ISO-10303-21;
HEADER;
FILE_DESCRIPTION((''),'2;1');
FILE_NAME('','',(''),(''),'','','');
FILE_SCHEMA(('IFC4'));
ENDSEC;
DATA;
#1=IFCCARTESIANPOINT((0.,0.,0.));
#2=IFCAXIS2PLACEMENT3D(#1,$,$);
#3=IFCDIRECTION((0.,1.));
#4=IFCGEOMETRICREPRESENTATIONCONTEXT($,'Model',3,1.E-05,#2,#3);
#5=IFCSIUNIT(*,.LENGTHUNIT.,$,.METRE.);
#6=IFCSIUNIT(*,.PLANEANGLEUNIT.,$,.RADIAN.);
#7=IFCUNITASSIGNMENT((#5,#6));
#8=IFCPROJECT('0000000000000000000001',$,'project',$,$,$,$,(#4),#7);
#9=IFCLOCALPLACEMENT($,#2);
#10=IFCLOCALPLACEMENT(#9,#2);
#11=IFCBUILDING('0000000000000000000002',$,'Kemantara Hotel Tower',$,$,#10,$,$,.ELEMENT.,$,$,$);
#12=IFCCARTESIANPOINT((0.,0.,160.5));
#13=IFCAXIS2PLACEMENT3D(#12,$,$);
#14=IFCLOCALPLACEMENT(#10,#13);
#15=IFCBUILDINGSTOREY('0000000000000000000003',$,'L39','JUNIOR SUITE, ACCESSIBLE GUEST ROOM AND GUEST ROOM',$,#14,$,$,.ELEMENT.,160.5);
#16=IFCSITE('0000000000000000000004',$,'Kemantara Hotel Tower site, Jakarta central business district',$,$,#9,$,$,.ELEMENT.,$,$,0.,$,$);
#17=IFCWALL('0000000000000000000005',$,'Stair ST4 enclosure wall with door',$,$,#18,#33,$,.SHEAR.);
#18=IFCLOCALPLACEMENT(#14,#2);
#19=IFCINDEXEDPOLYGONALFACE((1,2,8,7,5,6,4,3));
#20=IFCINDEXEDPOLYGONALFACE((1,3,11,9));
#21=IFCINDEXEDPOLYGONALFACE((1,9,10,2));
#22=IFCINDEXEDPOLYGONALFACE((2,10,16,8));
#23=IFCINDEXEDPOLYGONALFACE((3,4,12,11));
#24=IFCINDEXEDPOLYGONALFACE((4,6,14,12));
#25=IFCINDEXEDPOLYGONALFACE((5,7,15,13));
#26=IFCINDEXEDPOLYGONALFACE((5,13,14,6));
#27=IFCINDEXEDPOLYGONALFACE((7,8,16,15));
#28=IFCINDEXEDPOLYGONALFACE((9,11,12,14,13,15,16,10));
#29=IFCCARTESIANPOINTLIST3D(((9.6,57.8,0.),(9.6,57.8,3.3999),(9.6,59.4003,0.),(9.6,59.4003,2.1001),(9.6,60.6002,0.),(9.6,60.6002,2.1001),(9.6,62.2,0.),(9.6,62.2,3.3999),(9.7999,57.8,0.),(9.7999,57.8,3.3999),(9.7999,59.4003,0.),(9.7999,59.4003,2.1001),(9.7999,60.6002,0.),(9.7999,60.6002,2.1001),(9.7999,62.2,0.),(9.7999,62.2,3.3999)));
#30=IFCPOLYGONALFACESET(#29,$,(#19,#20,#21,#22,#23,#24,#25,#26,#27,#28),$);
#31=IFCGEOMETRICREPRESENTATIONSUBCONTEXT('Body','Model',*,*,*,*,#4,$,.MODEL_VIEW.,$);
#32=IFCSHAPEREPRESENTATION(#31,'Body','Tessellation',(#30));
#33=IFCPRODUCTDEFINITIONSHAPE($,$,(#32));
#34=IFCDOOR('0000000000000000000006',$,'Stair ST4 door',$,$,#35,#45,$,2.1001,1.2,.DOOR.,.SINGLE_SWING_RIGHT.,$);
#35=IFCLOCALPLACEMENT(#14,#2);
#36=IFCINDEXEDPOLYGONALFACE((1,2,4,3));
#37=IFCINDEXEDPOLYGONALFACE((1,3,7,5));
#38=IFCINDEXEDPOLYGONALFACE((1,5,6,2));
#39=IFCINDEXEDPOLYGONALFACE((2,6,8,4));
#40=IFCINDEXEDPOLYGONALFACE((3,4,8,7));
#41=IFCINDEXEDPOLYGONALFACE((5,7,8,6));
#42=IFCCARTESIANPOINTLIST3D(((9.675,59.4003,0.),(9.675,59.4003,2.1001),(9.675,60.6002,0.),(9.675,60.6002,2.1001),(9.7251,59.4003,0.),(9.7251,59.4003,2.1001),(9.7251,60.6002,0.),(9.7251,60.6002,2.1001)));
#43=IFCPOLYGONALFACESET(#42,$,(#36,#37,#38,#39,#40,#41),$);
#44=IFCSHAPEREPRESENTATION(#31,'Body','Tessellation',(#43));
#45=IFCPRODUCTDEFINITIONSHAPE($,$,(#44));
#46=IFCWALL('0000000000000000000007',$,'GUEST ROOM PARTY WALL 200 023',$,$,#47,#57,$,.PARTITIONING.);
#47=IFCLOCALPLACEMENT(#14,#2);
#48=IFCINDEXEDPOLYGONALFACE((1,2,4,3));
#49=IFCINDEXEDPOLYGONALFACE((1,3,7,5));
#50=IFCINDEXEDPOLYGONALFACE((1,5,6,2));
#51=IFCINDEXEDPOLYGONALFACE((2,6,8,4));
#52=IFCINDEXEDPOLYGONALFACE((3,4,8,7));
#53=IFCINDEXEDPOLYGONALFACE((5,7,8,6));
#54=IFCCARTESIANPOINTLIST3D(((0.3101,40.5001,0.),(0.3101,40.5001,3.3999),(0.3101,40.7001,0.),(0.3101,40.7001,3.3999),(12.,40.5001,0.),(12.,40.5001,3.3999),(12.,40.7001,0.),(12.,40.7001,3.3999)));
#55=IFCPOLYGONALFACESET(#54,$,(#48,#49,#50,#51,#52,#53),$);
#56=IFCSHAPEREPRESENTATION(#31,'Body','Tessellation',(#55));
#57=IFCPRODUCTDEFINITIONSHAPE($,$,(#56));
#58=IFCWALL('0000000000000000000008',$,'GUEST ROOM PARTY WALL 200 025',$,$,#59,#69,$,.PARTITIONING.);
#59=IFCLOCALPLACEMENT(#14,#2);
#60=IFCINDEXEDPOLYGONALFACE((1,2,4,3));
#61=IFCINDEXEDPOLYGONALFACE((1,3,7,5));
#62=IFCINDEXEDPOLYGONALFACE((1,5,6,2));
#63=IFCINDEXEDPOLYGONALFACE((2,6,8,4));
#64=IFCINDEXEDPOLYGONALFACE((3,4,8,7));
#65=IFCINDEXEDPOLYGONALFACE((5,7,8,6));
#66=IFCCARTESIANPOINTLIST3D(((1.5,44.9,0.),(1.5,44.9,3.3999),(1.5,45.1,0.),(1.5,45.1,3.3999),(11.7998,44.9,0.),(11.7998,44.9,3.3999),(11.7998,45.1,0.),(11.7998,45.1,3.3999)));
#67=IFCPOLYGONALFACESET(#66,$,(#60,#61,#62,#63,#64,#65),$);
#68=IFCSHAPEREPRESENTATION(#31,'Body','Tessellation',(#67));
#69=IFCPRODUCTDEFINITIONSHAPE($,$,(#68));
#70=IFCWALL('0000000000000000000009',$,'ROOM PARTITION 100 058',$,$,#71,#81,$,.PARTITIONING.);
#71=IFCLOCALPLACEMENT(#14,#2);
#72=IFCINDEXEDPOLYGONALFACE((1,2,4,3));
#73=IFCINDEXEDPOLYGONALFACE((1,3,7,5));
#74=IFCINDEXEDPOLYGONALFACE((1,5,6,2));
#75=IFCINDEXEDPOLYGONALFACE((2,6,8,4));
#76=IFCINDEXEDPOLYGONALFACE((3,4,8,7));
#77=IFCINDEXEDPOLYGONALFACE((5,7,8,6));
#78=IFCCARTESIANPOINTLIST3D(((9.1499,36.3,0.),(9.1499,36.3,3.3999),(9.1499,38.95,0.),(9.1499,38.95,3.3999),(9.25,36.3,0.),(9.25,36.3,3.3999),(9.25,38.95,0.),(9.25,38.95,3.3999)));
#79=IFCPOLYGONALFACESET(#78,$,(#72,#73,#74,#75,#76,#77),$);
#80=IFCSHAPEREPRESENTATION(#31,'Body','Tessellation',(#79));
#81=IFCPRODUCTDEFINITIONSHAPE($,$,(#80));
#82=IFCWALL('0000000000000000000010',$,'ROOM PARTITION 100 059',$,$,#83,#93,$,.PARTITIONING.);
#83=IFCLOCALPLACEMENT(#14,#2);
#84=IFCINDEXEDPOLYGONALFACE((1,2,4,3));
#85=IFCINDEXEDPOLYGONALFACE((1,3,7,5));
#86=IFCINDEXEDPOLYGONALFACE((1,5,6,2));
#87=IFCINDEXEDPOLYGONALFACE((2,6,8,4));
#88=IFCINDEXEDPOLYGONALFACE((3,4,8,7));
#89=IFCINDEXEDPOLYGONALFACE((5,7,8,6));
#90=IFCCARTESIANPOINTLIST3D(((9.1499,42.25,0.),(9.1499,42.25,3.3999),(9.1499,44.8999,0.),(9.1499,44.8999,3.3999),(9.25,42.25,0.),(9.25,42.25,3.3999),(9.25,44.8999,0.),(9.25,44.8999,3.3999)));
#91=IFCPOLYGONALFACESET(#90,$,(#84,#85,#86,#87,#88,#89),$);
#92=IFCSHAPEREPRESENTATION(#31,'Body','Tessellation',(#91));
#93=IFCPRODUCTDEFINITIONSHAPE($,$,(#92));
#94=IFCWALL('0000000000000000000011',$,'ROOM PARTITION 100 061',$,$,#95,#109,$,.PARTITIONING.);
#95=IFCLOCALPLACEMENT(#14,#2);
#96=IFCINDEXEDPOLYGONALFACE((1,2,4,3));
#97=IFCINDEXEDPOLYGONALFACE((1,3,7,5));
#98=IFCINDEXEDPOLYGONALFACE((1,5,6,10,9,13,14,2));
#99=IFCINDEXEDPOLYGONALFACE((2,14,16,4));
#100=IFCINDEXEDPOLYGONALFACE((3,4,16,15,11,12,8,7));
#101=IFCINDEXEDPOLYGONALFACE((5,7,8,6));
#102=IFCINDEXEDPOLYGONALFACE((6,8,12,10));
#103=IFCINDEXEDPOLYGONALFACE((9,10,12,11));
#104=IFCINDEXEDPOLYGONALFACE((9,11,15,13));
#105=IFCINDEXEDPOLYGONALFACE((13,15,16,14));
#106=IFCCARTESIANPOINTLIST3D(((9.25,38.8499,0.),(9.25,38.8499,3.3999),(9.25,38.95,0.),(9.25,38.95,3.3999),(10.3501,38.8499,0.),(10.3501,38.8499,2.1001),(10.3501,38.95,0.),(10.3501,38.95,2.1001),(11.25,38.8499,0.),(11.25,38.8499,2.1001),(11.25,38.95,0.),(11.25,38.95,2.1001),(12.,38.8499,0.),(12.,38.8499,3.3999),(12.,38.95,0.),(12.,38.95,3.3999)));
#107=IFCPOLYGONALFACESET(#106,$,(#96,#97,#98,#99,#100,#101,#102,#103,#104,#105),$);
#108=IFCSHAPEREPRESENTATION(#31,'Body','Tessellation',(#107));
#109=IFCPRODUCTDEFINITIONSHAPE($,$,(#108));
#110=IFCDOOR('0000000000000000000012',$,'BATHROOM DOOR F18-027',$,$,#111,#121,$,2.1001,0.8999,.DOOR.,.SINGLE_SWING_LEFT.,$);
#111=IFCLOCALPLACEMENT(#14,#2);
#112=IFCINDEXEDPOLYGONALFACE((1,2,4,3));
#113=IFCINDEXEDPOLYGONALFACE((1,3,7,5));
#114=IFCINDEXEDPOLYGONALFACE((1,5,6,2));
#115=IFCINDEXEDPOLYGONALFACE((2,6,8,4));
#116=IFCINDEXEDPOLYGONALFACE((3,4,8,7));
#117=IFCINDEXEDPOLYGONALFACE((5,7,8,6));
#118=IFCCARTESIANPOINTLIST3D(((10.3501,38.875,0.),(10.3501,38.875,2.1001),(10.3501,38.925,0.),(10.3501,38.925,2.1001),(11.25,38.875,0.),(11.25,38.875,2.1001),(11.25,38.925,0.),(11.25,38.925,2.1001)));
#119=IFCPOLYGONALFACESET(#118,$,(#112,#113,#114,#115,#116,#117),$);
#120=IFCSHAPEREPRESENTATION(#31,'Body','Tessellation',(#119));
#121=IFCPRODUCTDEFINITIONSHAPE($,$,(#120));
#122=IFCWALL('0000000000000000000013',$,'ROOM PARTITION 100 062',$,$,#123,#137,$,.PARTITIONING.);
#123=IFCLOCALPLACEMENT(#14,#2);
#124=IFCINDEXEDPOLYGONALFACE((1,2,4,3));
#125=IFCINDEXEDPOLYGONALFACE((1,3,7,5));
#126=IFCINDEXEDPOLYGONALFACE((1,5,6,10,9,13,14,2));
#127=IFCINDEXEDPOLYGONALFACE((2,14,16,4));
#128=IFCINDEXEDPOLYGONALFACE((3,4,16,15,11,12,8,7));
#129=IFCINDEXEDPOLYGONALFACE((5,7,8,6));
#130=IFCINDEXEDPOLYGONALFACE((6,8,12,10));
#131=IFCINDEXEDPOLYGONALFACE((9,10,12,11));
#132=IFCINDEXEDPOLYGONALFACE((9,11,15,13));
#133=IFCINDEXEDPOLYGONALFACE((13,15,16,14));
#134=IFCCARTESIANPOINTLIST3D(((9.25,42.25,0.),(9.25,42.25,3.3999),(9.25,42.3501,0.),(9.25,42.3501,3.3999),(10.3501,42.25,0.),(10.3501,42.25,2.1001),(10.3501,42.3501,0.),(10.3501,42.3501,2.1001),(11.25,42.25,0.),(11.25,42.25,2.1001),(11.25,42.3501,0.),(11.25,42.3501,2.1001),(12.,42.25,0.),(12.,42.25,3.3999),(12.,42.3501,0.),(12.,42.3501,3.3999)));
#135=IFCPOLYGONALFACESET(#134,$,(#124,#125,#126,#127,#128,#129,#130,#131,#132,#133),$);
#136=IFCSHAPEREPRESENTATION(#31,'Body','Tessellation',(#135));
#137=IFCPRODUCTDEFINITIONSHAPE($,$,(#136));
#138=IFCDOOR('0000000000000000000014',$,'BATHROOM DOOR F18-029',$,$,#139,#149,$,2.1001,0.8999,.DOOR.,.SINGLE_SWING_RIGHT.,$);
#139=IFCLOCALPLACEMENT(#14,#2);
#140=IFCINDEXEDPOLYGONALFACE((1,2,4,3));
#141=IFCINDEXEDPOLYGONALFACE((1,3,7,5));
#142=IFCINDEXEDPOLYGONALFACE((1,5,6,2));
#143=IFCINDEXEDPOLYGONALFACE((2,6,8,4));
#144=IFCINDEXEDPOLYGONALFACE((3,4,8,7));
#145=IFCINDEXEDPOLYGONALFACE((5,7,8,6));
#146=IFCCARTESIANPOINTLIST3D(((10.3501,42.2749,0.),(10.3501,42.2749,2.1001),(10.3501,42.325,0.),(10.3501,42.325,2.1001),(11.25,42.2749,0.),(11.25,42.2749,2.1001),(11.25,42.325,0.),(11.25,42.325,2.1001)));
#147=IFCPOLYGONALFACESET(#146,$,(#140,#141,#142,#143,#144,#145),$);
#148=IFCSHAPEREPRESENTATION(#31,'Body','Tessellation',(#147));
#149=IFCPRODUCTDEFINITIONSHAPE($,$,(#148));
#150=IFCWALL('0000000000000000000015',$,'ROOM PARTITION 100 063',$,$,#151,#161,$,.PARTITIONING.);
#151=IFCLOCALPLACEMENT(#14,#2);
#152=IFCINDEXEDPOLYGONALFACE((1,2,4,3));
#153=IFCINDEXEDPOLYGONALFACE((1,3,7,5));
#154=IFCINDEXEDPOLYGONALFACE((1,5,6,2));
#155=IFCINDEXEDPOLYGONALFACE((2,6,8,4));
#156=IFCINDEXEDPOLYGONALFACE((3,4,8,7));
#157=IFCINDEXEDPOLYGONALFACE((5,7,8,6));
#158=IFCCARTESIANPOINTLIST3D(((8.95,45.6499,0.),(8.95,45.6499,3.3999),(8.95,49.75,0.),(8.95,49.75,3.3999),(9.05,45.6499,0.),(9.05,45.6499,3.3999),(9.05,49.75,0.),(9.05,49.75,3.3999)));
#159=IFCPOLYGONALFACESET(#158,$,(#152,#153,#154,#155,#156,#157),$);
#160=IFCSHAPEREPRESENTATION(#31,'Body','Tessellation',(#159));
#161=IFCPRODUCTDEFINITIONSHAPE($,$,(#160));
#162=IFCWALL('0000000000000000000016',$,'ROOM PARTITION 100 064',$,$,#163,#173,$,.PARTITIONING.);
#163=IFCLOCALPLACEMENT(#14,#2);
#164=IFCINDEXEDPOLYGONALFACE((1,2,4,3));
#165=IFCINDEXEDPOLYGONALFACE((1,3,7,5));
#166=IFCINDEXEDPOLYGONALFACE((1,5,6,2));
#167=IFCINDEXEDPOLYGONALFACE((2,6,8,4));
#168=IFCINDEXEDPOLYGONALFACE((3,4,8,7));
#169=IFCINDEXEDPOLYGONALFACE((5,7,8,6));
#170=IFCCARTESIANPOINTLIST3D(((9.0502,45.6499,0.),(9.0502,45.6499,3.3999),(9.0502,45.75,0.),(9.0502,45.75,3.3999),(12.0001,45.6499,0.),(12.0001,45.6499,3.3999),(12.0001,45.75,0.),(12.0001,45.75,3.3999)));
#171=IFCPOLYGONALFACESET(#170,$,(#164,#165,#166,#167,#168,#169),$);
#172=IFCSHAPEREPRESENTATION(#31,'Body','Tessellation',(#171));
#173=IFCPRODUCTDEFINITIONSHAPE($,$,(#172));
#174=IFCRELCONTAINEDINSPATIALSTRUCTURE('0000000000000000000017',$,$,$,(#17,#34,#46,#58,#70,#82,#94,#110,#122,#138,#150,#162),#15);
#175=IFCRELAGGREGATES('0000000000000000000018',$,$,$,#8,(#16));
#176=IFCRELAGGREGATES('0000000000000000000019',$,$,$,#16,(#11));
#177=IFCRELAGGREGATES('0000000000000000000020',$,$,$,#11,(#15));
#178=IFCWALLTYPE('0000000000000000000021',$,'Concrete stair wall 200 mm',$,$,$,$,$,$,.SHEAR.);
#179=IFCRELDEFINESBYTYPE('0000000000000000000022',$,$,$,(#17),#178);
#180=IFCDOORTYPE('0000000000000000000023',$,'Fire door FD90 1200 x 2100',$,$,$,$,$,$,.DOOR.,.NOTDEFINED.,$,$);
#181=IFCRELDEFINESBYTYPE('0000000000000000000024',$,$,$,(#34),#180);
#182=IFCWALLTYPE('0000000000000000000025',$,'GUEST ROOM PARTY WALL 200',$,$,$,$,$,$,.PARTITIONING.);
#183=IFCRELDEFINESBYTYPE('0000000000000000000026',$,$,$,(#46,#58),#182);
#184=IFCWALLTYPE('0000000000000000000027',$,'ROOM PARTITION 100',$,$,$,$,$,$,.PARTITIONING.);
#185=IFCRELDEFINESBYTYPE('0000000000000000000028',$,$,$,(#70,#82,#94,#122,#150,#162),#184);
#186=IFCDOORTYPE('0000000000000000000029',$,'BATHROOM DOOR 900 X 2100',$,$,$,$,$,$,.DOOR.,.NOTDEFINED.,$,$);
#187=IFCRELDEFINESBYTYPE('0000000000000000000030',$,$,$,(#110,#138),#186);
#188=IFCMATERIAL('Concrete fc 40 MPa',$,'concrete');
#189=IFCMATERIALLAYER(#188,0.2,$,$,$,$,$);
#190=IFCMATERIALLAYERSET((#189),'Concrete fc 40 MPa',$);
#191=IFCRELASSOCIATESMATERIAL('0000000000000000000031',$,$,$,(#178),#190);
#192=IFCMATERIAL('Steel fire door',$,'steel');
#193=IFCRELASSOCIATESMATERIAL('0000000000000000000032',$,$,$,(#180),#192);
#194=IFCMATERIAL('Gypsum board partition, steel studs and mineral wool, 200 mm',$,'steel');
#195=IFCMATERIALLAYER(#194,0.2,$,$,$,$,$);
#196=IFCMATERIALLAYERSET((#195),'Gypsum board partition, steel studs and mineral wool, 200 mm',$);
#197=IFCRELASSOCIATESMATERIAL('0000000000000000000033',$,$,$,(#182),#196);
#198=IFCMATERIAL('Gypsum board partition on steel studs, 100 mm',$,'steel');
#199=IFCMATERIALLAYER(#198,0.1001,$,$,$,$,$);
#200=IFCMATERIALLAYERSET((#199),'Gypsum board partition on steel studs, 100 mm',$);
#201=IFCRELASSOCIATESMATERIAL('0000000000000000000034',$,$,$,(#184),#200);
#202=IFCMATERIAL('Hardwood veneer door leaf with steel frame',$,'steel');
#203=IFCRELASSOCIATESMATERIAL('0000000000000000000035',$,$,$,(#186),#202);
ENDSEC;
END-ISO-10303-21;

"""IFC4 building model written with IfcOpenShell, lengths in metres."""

from ifc_helpers import new_model, si_unit, direction, frame, frame_2d, origin, place, context, subcontext, project, spatial, rectangle, extrude, material, layer, layer_set, type_object, element, fill, save


model = new_model("IFC4")

# Units and contexts
model_context = context("Model", 3, precision=1e-05, world=origin(), true_north=direction((0.0, 1.0)))
body_context = subcontext(model_context, "Body", "Model", "MODEL_VIEW")
ifc_project = project(units=[si_unit("LENGTHUNIT", "METRE"), si_unit("PLANEANGLEUNIT", "RADIAN")], contexts=[model_context])

# Site, building, storey
site_placement = place(None, origin())
site = spatial("IfcSite", under=ifc_project, at=site_placement, Name="Kemantara Hotel Tower site, Jakarta central business district", CompositionType="ELEMENT", RefElevation=0.0)
building_placement = place(site_placement, origin())
building = spatial("IfcBuilding", under=site, at=building_placement, Name="Kemantara Hotel Tower", CompositionType="ELEMENT")
storey_placement = place(building_placement, frame((0.0, 0.0, 160.5)))
storey = spatial("IfcBuildingStorey", under=building, at=storey_placement, Name="L39", Description="JUNIOR SUITE, ACCESSIBLE GUEST ROOM AND GUEST ROOM", CompositionType="ELEMENT", Elevation=160.5)

# Shared definitions
ifc_material_1 = material(Name="Gypsum board partition, steel studs and mineral wool, 200 mm", Category="steel")
ifc_material_2 = material(Name="Hardwood veneer door leaf with steel frame", Category="steel")

# Wall, opening, door
ifc_material_3 = material(Name="Concrete fc 40 MPa", Category="concrete")
ifc_layer_1 = layer(ifc_material_3, 0.2)
ifc_layer_set_1 = layer_set([ifc_layer_1], Name="Concrete fc 40 MPa")
wall_type_1 = type_object("IfcWallType", Name="Concrete stair wall 200 mm", PredefinedType="SHEAR", material=ifc_layer_set_1)
wall_1_placement = place(storey_placement, frame((9.7, 57.8, 0.0), z_axis=(0.0, 0.0, 1.0), x_axis=(0.0, 1.0, 0.0)))
wall_1 = element("IfcWall", 1, at=wall_1_placement, inside=storey, type_object=wall_type_1, Name="Stair ST4 enclosure wall with door", PredefinedType="SHEAR", context=body_context, shape_type="SweptSolid", body=[
    extrude(rectangle(XDim=4.3999, YDim=0.2, at=frame_2d((2.2, 0.0))), origin(), (0.0, 0.0, 1.0), 3.3999),
])
opening_1_placement = place(wall_1_placement, frame((1.6001, 0.0, 0.0)))
opening_1 = element("IfcOpeningElement", 2, at=opening_1_placement, cuts=wall_1, PredefinedType="OPENING", context=body_context, shape_type="SweptSolid", body=[
    extrude(rectangle(XDim=1.2, YDim=2.1001, at=frame_2d((0.6001, 1.05))), frame((0.0, 0.1099, 0.0), z_axis=(0.0, -1.0, 0.0), x_axis=(1.0, 0.0, 0.0)), (0.0, 0.0, 1.0), 0.22),
])
ifc_material_4 = material(Name="Steel fire door", Category="steel")
door_type_1 = type_object("IfcDoorType", Name="Fire door FD90 1200 x 2100", OperationType="NOTDEFINED", PredefinedType="DOOR", material=ifc_material_4)
door_1_placement = place(opening_1_placement, origin())
door_1 = element("IfcDoor", 3, at=door_1_placement, inside=storey, type_object=door_type_1, Name="Stair ST4 door", OperationType="SINGLE_SWING_RIGHT", OverallHeight=2.1001, OverallWidth=1.2, PredefinedType="DOOR", context=body_context, shape_type="SweptSolid", body=[
    extrude(rectangle(XDim=1.2, YDim=2.1001, at=frame_2d((0.6001, 1.05))), frame((0.0, 0.0249, 0.0), z_axis=(0.0, -1.0, 0.0), x_axis=(1.0, 0.0, 0.0)), (0.0, 0.0, 1.0), 0.05),
])
fill(opening_1, door_1)

# Walls
ifc_layer_2 = layer(ifc_material_1, 0.2)
ifc_layer_set_2 = layer_set([ifc_layer_2], Name="Gypsum board partition, steel studs and mineral wool, 200 mm")
wall_type_2 = type_object("IfcWallType", Name="GUEST ROOM PARTY WALL 200", PredefinedType="PARTITIONING", material=ifc_layer_set_2)
wall_2_placement = place(storey_placement, frame((0.3101, 40.6001, 0.0), z_axis=(0.0, 0.0, 1.0), x_axis=(1.0, 0.0, 0.0)))
element("IfcWall", 4, at=wall_2_placement, inside=storey, type_object=wall_type_2, Name="GUEST ROOM PARTY WALL 200 023", PredefinedType="PARTITIONING", context=body_context, shape_type="SweptSolid", body=[
    extrude(rectangle(XDim=11.6899, YDim=0.2, at=frame_2d((5.845, 0.0))), origin(), (0.0, 0.0, 1.0), 3.3999),
])
wall_3_placement = place(storey_placement, frame((1.5, 45.0, 0.0), z_axis=(0.0, 0.0, 1.0), x_axis=(1.0, 0.0, 0.0)))
element("IfcWall", 5, at=wall_3_placement, inside=storey, type_object=wall_type_2, Name="GUEST ROOM PARTY WALL 200 025", PredefinedType="PARTITIONING", context=body_context, shape_type="SweptSolid", body=[
    extrude(rectangle(XDim=10.2998, YDim=0.2, at=frame_2d((5.1499, 0.0))), origin(), (0.0, 0.0, 1.0), 3.3999),
])
ifc_material_5 = material(Name="Gypsum board partition on steel studs, 100 mm", Category="steel")
ifc_layer_3 = layer(ifc_material_5, 0.1001)
ifc_layer_set_3 = layer_set([ifc_layer_3], Name="Gypsum board partition on steel studs, 100 mm")
wall_type_3 = type_object("IfcWallType", Name="ROOM PARTITION 100", PredefinedType="PARTITIONING", material=ifc_layer_set_3)
for number, where, z_axis, x_axis, name in (
    (6, (9.2, 36.3, 0.0), (0.0, 0.0, 1.0), (0.0, 1.0, 0.0), "ROOM PARTITION 100 058"),
    (7, (9.2, 42.25, 0.0), (0.0, 0.0, 1.0), (0.0, 1.0, 0.0), "ROOM PARTITION 100 059"),
):
    element("IfcWall", number, at=place(storey_placement, frame(where, z_axis=z_axis, x_axis=x_axis)), inside=storey, type_object=wall_type_3, Name=name, PredefinedType="PARTITIONING", context=body_context, shape_type="SweptSolid", body=[
        extrude(rectangle(XDim=2.6499, YDim=0.1001, at=frame_2d((1.325, 0.0))), origin(), (0.0, 0.0, 1.0), 3.3999),
    ])

# Walls, openings, doors
wall_4_placement = place(storey_placement, frame((12.0, 38.8999, 0.0), z_axis=(0.0, 0.0, 1.0), x_axis=(-1.0, 0.0, 0.0)))
wall_4 = element("IfcWall", 8, at=wall_4_placement, inside=storey, type_object=wall_type_3, Name="ROOM PARTITION 100 061", PredefinedType="PARTITIONING", context=body_context, shape_type="SweptSolid", body=[
    extrude(rectangle(XDim=2.75, YDim=0.1001, at=frame_2d((1.375, 0.0))), origin(), (0.0, 0.0, 1.0), 3.3999),
])
opening_2_placement = place(wall_4_placement, frame((0.75, 0.0, 0.0)))
opening_2 = element("IfcOpeningElement", 9, at=opening_2_placement, cuts=wall_4, PredefinedType="OPENING", context=body_context, shape_type="SweptSolid", body=[
    extrude(rectangle(XDim=0.8999, YDim=2.1001, at=frame_2d((0.45, 1.05))), frame((0.0, 0.0601, 0.0), z_axis=(0.0, -1.0, 0.0), x_axis=(1.0, 0.0, 0.0)), (0.0, 0.0, 1.0), 0.1201),
])
door_type_2 = type_object("IfcDoorType", Name="BATHROOM DOOR 900 X 2100", OperationType="NOTDEFINED", PredefinedType="DOOR", material=ifc_material_2)
door_2_placement = place(opening_2_placement, origin())
door_2 = element("IfcDoor", 10, at=door_2_placement, inside=storey, type_object=door_type_2, Name="BATHROOM DOOR F18-027", OperationType="SINGLE_SWING_LEFT", OverallHeight=2.1001, OverallWidth=0.8999, PredefinedType="DOOR", context=body_context, shape_type="SweptSolid", body=[
    extrude(rectangle(XDim=0.8999, YDim=2.1001, at=frame_2d((0.45, 1.05))), frame((0.0, 0.0249, 0.0), z_axis=(0.0, -1.0, 0.0), x_axis=(1.0, 0.0, 0.0)), (0.0, 0.0, 1.0), 0.05),
])
fill(opening_2, door_2)
wall_5_placement = place(storey_placement, frame((9.25, 42.3, 0.0), z_axis=(0.0, 0.0, 1.0), x_axis=(1.0, 0.0, 0.0)))
wall_5 = element("IfcWall", 11, at=wall_5_placement, inside=storey, type_object=wall_type_3, Name="ROOM PARTITION 100 062", PredefinedType="PARTITIONING", context=body_context, shape_type="SweptSolid", body=[
    extrude(rectangle(XDim=2.75, YDim=0.1001, at=frame_2d((1.375, 0.0))), origin(), (0.0, 0.0, 1.0), 3.3999),
])
opening_3_placement = place(wall_5_placement, frame((1.1001, 0.0, 0.0)))
opening_3 = element("IfcOpeningElement", 12, at=opening_3_placement, cuts=wall_5, PredefinedType="OPENING", context=body_context, shape_type="SweptSolid", body=[
    extrude(rectangle(XDim=0.8999, YDim=2.1001, at=frame_2d((0.45, 1.05))), frame((0.0, 0.0601, 0.0), z_axis=(0.0, -1.0, 0.0), x_axis=(1.0, 0.0, 0.0)), (0.0, 0.0, 1.0), 0.1201),
])
door_3_placement = place(opening_3_placement, origin())
door_3 = element("IfcDoor", 13, at=door_3_placement, inside=storey, type_object=door_type_2, Name="BATHROOM DOOR F18-029", OperationType="SINGLE_SWING_RIGHT", OverallHeight=2.1001, OverallWidth=0.8999, PredefinedType="DOOR", context=body_context, shape_type="SweptSolid", body=[
    extrude(rectangle(XDim=0.8999, YDim=2.1001, at=frame_2d((0.45, 1.05))), frame((0.0, 0.0249, 0.0), z_axis=(0.0, -1.0, 0.0), x_axis=(1.0, 0.0, 0.0)), (0.0, 0.0, 1.0), 0.05),
])
fill(opening_3, door_3)

# Walls
wall_6_placement = place(storey_placement, frame((9.0, 45.6499, 0.0), z_axis=(0.0, 0.0, 1.0), x_axis=(0.0, 1.0, 0.0)))
element("IfcWall", 14, at=wall_6_placement, inside=storey, type_object=wall_type_3, Name="ROOM PARTITION 100 063", PredefinedType="PARTITIONING", context=body_context, shape_type="SweptSolid", body=[
    extrude(rectangle(XDim=4.1001, YDim=0.1001, at=frame_2d((2.05, 0.0))), origin(), (0.0, 0.0, 1.0), 3.3999),
])
wall_7_placement = place(storey_placement, frame((9.05, 45.7, 0.0), z_axis=(0.0, 0.0, 1.0), x_axis=(1.0, 0.0, 0.0)))
element("IfcWall", 15, at=wall_7_placement, inside=storey, type_object=wall_type_3, Name="ROOM PARTITION 100 064", PredefinedType="PARTITIONING", context=body_context, shape_type="SweptSolid", body=[
    extrude(rectangle(XDim=2.95, YDim=0.1001, at=frame_2d((1.4751, 0.0))), origin(), (0.0, 0.0, 1.0), 3.3999),
])

save(model, "model.ifc")
